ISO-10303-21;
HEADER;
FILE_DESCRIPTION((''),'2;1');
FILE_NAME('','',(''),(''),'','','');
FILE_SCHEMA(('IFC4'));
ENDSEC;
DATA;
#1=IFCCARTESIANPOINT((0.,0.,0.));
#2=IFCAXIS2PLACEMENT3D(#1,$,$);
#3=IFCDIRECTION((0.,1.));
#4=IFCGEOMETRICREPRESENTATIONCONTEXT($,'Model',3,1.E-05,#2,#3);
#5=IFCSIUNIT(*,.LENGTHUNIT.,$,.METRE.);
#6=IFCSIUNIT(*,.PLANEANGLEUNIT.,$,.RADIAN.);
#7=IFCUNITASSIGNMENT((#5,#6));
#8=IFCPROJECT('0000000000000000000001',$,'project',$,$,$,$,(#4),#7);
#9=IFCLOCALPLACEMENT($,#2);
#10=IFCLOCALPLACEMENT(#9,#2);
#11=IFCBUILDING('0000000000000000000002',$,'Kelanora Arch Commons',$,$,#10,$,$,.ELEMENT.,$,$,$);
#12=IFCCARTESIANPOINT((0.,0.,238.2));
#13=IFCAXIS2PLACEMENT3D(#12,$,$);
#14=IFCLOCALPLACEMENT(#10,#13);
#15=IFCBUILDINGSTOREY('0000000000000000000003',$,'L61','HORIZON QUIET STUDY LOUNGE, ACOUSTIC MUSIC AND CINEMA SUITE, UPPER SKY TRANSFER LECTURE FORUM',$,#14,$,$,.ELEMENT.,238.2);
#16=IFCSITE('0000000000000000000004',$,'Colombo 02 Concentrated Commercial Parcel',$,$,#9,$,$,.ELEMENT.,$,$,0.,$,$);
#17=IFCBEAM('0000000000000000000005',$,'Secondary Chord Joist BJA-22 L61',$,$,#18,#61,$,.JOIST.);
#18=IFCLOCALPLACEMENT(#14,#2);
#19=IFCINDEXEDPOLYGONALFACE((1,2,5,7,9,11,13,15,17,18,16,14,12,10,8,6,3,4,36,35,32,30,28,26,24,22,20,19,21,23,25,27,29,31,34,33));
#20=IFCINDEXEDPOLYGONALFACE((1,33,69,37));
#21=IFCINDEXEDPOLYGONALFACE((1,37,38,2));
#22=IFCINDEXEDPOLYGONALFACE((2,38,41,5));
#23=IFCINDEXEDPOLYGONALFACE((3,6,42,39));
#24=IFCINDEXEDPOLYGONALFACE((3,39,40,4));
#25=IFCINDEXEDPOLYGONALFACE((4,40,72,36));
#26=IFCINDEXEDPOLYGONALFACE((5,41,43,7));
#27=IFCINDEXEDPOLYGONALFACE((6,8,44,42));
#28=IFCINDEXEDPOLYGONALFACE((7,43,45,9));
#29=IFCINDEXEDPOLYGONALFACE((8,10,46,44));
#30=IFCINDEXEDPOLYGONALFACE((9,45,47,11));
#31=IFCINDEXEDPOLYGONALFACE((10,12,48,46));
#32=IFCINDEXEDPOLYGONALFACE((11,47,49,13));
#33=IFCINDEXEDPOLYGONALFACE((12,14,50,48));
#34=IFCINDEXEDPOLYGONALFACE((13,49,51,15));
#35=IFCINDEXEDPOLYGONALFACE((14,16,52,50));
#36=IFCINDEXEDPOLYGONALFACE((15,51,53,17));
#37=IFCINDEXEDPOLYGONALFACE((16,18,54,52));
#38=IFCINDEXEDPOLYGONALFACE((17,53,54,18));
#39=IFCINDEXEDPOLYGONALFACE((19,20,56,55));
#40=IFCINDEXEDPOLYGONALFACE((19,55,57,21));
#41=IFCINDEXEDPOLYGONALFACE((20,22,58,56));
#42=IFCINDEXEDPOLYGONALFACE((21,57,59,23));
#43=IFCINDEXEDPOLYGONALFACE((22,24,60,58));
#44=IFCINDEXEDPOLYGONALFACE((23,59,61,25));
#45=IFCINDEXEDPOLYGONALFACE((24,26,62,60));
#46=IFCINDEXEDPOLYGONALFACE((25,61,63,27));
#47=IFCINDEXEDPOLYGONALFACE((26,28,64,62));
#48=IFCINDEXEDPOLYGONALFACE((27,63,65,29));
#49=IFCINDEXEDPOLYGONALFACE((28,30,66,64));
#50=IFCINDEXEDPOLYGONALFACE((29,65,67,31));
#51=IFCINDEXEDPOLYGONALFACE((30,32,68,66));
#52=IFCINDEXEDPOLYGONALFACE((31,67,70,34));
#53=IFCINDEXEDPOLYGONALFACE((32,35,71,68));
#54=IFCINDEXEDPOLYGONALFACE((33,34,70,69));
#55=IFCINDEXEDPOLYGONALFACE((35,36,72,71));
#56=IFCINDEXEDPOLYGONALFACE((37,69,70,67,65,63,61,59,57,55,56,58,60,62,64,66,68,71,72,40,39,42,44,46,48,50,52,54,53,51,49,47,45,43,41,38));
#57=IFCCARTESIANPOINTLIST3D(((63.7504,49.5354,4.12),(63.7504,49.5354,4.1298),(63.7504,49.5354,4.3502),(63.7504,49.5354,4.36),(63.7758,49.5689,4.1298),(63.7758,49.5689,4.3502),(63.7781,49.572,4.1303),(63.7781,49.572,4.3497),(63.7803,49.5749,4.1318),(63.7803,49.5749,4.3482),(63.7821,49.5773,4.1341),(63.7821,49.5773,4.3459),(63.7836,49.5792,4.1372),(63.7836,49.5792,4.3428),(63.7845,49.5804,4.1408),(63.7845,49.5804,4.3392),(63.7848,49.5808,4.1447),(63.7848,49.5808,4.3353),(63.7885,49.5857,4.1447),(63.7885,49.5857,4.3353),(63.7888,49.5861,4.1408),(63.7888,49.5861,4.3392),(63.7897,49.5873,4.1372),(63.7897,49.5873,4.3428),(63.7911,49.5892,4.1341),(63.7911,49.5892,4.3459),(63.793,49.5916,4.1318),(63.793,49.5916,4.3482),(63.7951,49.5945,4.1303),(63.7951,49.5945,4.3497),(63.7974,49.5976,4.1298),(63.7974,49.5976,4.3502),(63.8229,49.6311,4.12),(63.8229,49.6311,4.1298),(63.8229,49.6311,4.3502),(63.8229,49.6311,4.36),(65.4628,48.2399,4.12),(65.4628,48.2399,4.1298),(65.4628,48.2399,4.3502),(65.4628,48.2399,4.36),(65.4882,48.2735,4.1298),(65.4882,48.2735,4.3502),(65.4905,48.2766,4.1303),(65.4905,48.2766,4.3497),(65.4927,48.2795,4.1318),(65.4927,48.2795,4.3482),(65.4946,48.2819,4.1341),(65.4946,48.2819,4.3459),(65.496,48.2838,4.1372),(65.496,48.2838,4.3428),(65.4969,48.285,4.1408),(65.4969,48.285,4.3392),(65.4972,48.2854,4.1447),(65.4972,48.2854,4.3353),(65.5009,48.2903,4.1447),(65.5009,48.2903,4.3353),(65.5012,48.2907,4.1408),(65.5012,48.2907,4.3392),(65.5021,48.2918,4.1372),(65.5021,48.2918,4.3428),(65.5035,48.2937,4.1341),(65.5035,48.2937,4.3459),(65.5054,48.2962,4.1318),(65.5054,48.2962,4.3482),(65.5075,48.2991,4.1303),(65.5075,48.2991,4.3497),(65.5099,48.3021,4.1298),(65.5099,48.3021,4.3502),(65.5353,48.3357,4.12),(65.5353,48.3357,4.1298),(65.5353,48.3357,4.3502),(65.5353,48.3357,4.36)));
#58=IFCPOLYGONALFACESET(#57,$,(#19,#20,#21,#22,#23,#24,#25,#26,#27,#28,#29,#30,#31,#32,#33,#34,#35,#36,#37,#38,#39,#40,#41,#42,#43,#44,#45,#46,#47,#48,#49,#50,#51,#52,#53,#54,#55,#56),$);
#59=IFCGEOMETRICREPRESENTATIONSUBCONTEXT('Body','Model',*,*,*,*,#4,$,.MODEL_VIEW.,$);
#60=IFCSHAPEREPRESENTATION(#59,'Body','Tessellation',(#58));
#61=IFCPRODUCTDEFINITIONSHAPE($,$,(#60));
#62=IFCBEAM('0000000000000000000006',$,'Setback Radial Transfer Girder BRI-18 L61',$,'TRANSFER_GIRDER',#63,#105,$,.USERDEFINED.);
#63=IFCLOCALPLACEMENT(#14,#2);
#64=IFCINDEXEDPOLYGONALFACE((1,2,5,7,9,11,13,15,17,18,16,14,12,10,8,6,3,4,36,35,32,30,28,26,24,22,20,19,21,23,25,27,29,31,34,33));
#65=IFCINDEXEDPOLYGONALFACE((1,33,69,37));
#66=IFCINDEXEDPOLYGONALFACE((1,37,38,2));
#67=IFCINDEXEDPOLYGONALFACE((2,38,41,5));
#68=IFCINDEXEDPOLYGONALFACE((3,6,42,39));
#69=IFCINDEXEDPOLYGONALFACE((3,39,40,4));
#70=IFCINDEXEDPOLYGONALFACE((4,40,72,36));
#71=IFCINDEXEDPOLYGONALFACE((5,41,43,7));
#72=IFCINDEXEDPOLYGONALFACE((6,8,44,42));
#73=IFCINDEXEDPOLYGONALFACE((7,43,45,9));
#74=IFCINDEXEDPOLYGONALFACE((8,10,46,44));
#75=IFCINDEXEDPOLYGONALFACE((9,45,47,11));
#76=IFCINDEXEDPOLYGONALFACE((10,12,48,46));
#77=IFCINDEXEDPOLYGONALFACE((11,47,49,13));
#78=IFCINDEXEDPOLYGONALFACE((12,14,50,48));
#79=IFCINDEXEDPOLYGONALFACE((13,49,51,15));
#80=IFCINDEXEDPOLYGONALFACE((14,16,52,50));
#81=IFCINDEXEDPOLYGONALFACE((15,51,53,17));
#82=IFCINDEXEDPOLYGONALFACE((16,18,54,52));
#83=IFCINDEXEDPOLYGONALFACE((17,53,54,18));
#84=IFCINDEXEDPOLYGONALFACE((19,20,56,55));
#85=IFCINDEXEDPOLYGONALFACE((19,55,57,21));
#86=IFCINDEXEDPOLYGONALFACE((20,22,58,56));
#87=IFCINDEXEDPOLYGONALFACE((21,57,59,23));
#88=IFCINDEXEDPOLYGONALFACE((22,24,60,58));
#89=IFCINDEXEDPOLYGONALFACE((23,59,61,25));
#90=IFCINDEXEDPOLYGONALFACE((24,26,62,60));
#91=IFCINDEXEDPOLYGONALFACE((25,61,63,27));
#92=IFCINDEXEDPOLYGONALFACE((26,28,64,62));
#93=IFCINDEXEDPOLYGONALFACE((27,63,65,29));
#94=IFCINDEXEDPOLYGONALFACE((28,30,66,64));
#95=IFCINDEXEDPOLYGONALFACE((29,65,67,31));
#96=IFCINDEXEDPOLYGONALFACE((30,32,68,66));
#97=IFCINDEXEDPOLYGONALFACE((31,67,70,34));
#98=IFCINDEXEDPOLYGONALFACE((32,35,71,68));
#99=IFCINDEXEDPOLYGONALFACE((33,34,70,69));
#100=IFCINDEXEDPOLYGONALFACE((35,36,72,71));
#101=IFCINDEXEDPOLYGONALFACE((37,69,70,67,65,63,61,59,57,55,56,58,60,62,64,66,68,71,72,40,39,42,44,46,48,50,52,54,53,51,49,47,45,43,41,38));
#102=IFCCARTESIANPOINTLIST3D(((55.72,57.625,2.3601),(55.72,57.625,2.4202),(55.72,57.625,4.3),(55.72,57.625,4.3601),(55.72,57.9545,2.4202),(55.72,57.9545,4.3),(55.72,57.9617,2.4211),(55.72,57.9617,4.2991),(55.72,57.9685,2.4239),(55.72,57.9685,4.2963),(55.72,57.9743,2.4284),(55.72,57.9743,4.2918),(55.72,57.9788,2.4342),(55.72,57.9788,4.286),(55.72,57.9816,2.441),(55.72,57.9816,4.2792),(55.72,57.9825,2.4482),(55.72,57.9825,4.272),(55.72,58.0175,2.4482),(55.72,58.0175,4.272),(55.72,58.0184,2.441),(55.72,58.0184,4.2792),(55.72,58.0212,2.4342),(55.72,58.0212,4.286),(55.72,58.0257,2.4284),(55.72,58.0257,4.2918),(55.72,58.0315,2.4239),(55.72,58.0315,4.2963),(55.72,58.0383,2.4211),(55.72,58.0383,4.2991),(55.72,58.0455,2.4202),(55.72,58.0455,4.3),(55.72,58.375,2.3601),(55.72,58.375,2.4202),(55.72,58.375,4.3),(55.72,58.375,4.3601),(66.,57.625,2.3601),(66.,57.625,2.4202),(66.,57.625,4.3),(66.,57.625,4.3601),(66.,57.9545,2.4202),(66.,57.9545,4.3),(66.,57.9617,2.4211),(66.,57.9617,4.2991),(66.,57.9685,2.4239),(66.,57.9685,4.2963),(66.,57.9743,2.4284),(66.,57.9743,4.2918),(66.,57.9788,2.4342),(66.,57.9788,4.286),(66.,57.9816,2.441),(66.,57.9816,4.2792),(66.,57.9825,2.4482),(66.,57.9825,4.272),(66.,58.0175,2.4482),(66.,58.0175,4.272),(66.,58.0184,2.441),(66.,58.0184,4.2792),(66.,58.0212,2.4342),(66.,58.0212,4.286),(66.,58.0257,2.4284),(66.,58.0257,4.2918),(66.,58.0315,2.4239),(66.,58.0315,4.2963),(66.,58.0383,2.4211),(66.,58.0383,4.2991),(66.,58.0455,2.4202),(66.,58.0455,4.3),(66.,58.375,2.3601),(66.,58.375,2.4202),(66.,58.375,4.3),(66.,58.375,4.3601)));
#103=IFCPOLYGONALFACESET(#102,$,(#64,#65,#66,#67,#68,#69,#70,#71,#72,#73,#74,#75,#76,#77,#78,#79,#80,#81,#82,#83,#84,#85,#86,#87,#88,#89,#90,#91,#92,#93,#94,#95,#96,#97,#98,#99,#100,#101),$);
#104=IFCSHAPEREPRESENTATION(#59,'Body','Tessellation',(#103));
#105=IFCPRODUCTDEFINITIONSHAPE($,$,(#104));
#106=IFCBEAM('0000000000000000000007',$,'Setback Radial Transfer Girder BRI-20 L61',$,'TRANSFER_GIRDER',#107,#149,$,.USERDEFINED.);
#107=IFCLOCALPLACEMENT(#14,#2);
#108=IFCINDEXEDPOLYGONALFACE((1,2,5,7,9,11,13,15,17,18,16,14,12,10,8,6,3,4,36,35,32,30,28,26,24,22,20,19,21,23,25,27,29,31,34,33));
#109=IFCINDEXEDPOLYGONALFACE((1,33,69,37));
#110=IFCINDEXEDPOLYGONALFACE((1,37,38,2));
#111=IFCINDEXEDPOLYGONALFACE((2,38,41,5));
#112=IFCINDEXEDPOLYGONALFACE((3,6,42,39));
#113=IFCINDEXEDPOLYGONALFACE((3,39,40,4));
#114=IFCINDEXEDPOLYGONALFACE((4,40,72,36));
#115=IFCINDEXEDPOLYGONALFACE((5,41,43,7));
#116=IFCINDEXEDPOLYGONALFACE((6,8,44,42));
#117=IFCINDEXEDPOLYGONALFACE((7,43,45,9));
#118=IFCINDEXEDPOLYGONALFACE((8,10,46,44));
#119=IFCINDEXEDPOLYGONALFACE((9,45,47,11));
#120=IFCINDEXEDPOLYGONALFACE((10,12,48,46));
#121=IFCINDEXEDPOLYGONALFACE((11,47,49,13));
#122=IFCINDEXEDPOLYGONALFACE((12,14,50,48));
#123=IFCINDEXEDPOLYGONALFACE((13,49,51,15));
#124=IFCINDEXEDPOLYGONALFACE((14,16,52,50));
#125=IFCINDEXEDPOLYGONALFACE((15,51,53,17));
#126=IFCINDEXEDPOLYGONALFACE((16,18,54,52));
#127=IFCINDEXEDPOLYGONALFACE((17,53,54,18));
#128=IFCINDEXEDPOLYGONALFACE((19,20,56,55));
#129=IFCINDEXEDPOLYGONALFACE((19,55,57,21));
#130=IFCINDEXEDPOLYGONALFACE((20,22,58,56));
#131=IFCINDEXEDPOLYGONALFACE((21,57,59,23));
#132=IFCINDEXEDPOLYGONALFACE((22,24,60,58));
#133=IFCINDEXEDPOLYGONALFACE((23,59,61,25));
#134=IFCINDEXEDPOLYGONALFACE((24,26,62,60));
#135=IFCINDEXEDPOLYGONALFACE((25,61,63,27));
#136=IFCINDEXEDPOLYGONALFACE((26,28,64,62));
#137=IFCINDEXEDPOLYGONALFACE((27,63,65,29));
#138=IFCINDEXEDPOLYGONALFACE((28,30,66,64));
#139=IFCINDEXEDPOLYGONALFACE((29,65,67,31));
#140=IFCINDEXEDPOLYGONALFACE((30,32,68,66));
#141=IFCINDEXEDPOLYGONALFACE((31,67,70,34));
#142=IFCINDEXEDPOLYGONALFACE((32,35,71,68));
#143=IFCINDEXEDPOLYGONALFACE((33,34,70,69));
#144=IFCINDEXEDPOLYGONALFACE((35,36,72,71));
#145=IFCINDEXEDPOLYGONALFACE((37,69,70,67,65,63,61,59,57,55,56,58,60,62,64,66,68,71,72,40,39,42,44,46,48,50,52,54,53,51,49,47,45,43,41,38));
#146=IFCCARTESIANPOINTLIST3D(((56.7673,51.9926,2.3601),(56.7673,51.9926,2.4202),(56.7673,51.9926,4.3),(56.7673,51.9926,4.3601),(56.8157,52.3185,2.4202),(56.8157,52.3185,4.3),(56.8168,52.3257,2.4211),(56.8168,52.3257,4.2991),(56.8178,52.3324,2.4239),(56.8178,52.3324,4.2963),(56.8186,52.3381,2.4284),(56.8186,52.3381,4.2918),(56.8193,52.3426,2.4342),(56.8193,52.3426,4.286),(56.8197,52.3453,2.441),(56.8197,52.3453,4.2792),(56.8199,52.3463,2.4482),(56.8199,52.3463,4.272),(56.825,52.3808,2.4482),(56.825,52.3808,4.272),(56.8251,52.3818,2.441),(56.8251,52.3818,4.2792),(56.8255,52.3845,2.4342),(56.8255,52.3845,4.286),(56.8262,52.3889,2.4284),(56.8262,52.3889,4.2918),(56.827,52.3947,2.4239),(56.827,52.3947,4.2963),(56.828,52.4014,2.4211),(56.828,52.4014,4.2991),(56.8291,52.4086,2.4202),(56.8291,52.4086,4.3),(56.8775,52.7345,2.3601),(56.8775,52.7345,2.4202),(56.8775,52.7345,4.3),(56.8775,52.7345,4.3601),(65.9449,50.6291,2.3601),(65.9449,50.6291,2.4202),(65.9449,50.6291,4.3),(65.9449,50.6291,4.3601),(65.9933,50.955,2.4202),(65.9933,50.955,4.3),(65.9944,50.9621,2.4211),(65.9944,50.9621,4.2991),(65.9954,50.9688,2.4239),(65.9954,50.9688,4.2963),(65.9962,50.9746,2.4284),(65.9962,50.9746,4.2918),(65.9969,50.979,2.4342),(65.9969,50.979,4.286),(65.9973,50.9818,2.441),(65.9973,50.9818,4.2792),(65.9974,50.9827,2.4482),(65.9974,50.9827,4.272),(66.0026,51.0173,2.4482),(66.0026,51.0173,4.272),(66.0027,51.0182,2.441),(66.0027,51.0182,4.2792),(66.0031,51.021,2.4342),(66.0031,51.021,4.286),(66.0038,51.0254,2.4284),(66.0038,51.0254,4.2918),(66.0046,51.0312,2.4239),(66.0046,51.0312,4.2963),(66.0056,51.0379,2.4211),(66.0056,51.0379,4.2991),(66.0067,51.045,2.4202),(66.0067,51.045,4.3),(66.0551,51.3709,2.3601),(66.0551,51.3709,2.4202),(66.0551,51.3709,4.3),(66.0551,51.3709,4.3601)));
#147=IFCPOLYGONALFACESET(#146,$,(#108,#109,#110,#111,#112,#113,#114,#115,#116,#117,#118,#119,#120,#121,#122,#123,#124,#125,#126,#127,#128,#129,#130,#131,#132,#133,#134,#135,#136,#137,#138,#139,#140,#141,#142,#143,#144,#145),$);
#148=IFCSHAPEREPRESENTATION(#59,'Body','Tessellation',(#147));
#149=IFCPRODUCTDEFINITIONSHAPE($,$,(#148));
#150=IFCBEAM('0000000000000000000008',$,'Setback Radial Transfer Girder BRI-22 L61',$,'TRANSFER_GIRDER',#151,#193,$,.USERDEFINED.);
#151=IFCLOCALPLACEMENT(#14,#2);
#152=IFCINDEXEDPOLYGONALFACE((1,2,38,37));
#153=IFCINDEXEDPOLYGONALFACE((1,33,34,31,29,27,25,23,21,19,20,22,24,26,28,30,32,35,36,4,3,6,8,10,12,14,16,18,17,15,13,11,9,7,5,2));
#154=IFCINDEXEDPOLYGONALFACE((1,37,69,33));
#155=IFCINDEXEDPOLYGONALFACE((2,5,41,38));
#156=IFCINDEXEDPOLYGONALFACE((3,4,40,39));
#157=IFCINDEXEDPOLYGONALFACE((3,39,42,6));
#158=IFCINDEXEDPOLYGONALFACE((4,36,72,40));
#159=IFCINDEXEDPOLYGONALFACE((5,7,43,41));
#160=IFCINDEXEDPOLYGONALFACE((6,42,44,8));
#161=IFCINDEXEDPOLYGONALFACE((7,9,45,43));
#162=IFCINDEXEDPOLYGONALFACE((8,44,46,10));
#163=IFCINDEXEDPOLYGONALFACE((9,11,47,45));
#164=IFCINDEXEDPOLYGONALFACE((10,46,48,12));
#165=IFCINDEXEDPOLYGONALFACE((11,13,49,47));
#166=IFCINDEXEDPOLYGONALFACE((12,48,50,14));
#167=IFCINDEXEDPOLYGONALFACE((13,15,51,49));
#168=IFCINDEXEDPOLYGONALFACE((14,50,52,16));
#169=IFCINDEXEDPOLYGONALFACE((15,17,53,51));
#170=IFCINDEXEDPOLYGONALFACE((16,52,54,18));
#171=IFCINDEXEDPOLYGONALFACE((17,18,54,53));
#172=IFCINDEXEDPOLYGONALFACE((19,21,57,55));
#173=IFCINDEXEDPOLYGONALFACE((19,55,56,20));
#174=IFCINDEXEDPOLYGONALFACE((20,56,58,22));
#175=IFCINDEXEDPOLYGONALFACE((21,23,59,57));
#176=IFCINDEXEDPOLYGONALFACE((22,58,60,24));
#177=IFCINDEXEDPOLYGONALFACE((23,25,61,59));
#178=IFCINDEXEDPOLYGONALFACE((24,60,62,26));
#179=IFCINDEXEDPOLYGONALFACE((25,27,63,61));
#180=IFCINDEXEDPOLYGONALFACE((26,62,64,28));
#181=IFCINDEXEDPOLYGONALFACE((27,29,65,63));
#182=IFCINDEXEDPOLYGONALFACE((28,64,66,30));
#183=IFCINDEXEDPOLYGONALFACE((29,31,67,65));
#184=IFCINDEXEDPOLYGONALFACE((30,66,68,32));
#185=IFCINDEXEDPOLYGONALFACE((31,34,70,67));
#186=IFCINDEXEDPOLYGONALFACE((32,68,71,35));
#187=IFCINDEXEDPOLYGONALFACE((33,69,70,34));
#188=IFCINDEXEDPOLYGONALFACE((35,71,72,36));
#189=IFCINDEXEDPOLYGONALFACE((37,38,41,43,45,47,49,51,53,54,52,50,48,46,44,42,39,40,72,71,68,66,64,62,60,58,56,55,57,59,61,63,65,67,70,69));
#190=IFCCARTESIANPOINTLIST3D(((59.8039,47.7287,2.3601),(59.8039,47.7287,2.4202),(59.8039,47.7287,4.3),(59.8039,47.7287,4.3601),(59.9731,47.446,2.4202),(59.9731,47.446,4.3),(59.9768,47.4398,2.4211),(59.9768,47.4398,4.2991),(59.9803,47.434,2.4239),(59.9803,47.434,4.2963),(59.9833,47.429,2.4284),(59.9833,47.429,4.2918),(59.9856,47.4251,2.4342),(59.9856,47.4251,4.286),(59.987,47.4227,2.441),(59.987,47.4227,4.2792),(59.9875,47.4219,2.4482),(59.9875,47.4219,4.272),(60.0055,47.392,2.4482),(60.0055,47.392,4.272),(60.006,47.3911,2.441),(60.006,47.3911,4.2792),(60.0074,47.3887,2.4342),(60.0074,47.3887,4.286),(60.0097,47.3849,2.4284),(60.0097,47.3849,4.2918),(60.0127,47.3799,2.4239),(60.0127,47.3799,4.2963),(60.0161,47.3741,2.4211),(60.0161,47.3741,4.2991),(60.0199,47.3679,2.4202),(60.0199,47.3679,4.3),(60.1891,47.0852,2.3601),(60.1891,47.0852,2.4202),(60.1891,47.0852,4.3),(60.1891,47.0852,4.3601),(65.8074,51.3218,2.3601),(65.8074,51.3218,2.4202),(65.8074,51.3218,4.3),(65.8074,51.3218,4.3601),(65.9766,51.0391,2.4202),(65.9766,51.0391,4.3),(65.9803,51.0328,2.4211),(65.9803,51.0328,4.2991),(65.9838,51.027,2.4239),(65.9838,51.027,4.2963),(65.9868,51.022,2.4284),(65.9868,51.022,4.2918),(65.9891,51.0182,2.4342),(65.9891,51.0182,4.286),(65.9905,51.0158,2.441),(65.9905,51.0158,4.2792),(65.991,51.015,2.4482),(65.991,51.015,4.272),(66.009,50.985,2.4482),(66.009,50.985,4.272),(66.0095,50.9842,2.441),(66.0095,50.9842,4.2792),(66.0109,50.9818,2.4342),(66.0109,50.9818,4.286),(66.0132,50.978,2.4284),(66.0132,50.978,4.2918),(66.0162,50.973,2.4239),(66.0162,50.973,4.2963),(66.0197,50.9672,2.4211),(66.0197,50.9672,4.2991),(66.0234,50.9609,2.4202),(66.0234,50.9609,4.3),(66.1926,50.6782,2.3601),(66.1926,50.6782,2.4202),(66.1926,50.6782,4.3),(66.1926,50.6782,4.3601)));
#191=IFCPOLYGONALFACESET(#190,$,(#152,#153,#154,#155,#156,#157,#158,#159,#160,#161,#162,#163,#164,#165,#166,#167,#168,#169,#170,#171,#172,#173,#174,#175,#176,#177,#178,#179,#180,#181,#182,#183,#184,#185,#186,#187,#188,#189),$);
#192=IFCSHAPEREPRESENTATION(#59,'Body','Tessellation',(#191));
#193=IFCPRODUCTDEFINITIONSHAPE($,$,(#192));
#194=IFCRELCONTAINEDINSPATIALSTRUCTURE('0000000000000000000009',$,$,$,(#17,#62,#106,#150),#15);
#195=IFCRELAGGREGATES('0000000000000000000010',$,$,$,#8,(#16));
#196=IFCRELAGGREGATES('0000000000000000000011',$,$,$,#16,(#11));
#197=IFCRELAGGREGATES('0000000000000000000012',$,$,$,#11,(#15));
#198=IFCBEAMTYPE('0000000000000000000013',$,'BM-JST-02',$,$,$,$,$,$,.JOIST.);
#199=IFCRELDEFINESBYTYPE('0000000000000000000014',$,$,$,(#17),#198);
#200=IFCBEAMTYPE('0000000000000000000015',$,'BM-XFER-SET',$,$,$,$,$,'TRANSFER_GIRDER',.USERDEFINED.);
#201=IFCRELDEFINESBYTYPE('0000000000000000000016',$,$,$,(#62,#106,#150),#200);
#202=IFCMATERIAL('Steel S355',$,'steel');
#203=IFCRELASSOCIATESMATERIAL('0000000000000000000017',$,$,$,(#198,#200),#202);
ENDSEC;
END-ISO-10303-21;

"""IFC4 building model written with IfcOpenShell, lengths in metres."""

from ifc_helpers import new_model, si_unit, direction, frame, origin, origin_2d, place, context, subcontext, project, spatial, i_section, extrude, material, material_profile, profile_set, type_object, element, save


model = new_model("IFC4")

# Units and contexts
model_context = context("Model", 3, precision=1e-05, world=origin(), true_north=direction((0.0, 1.0)))
body_context = subcontext(model_context, "Body", "Model", "MODEL_VIEW")
ifc_project = project(units=[si_unit("LENGTHUNIT", "METRE"), si_unit("PLANEANGLEUNIT", "RADIAN")], contexts=[model_context])

# Site, building, storey
site_placement = place(None, origin())
site = spatial("IfcSite", under=ifc_project, at=site_placement, Name="Colombo 02 Concentrated Commercial Parcel", CompositionType="ELEMENT", RefElevation=0.0)
building_placement = place(site_placement, origin())
building = spatial("IfcBuilding", under=site, at=building_placement, Name="Kelanora Arch Commons", CompositionType="ELEMENT")
storey_placement = place(building_placement, frame((0.0, 0.0, 238.2)))
storey = spatial("IfcBuildingStorey", under=building, at=storey_placement, Name="L61", Description="HORIZON QUIET STUDY LOUNGE, ACOUSTIC MUSIC AND CINEMA SUITE, UPPER SKY TRANSFER LECTURE FORUM", CompositionType="ELEMENT", Elevation=238.2)

# Beams
ifc_material_1 = material(Name="Steel S355", Category="steel")
ifc_material_profile_1 = material_profile(ifc_material_1, i_section(OverallWidth=0.1201, OverallDepth=0.24, WebThickness=0.0061, FlangeThickness=0.0098, FilletRadius=0.0149, at=origin_2d()), Name="IPE240")
ifc_profile_set_1 = profile_set([ifc_material_profile_1], Name="Steel S355")
beam_type_1 = type_object("IfcBeamType", Name="BM-JST-02", PredefinedType="JOIST", material=ifc_profile_set_1)
beam_1_placement = place(storey_placement, frame((63.7866, 49.5833, 4.24), z_axis=(0.79751, -0.603306, 0.0), x_axis=(0.603306, 0.79751, 0.0)))
element("IfcBeam", 1, at=beam_1_placement, inside=storey, type_object=beam_type_1, Name="Secondary Chord Joist BJA-22 L61", PredefinedType="JOIST", context=body_context, shape_type="SweptSolid", body=[
    extrude(i_section(OverallWidth=0.1201, OverallDepth=0.24, WebThickness=0.0061, FlangeThickness=0.0098, FilletRadius=0.0149, at=origin_2d()), origin(), (0.0, 0.0, 1.0), 2.1472),
])
ifc_material_profile_2 = material_profile(ifc_material_1, i_section(OverallWidth=0.75, OverallDepth=2.0, WebThickness=0.0349, FlangeThickness=0.0601, FilletRadius=0.0281, at=origin_2d()), Name="PG2000x750")
ifc_profile_set_2 = profile_set([ifc_material_profile_2], Name="Steel S355")
beam_type_2 = type_object("IfcBeamType", Name="BM-XFER-SET", ElementType="TRANSFER_GIRDER", PredefinedType="USERDEFINED", material=ifc_profile_set_2)
beam_2_placement = place(storey_placement, frame((66.0, 58.0, 3.3601), z_axis=(-1.0, 0.0, 0.0), x_axis=(0.0, -1.0, 0.0)))
element("IfcBeam", 2, at=beam_2_placement, inside=storey, type_object=beam_type_2, Name="Setback Radial Transfer Girder BRI-18 L61", ObjectType="TRANSFER_GIRDER", PredefinedType="USERDEFINED", context=body_context, shape_type="SweptSolid", body=[
    extrude(i_section(OverallWidth=0.75, OverallDepth=2.0, WebThickness=0.0349, FlangeThickness=0.0601, FilletRadius=0.0281, at=origin_2d()), origin(), (0.0, 0.0, 1.0), 10.28),
])
beam_3_placement = place(storey_placement, frame((66.0, 51.0, 3.3601), z_axis=(-0.989142, 0.14696, 0.0), x_axis=(-0.14696, -0.989142, 0.0)))
element("IfcBeam", 3, at=beam_3_placement, inside=storey, type_object=beam_type_2, Name="Setback Radial Transfer Girder BRI-20 L61", ObjectType="TRANSFER_GIRDER", PredefinedType="USERDEFINED", context=body_context, shape_type="SweptSolid", body=[
    extrude(i_section(OverallWidth=0.75, OverallDepth=2.0, WebThickness=0.0349, FlangeThickness=0.0601, FilletRadius=0.0281, at=origin_2d()), origin(), (0.0, 0.0, 1.0), 9.2783),
])
beam_4_placement = place(storey_placement, frame((66.0, 51.0, 3.3601), z_axis=(-0.858062, -0.513546, 0.0), x_axis=(0.513546, -0.858062, 0.0)))
element("IfcBeam", 4, at=beam_4_placement, inside=storey, type_object=beam_type_2, Name="Setback Radial Transfer Girder BRI-22 L61", ObjectType="TRANSFER_GIRDER", PredefinedType="USERDEFINED", context=body_context, shape_type="SweptSolid", body=[
    extrude(i_section(OverallWidth=0.75, OverallDepth=2.0, WebThickness=0.0349, FlangeThickness=0.0601, FilletRadius=0.0281, at=origin_2d()), origin(), (0.0, 0.0, 1.0), 6.9966),
])

save(model, "model.ifc")
